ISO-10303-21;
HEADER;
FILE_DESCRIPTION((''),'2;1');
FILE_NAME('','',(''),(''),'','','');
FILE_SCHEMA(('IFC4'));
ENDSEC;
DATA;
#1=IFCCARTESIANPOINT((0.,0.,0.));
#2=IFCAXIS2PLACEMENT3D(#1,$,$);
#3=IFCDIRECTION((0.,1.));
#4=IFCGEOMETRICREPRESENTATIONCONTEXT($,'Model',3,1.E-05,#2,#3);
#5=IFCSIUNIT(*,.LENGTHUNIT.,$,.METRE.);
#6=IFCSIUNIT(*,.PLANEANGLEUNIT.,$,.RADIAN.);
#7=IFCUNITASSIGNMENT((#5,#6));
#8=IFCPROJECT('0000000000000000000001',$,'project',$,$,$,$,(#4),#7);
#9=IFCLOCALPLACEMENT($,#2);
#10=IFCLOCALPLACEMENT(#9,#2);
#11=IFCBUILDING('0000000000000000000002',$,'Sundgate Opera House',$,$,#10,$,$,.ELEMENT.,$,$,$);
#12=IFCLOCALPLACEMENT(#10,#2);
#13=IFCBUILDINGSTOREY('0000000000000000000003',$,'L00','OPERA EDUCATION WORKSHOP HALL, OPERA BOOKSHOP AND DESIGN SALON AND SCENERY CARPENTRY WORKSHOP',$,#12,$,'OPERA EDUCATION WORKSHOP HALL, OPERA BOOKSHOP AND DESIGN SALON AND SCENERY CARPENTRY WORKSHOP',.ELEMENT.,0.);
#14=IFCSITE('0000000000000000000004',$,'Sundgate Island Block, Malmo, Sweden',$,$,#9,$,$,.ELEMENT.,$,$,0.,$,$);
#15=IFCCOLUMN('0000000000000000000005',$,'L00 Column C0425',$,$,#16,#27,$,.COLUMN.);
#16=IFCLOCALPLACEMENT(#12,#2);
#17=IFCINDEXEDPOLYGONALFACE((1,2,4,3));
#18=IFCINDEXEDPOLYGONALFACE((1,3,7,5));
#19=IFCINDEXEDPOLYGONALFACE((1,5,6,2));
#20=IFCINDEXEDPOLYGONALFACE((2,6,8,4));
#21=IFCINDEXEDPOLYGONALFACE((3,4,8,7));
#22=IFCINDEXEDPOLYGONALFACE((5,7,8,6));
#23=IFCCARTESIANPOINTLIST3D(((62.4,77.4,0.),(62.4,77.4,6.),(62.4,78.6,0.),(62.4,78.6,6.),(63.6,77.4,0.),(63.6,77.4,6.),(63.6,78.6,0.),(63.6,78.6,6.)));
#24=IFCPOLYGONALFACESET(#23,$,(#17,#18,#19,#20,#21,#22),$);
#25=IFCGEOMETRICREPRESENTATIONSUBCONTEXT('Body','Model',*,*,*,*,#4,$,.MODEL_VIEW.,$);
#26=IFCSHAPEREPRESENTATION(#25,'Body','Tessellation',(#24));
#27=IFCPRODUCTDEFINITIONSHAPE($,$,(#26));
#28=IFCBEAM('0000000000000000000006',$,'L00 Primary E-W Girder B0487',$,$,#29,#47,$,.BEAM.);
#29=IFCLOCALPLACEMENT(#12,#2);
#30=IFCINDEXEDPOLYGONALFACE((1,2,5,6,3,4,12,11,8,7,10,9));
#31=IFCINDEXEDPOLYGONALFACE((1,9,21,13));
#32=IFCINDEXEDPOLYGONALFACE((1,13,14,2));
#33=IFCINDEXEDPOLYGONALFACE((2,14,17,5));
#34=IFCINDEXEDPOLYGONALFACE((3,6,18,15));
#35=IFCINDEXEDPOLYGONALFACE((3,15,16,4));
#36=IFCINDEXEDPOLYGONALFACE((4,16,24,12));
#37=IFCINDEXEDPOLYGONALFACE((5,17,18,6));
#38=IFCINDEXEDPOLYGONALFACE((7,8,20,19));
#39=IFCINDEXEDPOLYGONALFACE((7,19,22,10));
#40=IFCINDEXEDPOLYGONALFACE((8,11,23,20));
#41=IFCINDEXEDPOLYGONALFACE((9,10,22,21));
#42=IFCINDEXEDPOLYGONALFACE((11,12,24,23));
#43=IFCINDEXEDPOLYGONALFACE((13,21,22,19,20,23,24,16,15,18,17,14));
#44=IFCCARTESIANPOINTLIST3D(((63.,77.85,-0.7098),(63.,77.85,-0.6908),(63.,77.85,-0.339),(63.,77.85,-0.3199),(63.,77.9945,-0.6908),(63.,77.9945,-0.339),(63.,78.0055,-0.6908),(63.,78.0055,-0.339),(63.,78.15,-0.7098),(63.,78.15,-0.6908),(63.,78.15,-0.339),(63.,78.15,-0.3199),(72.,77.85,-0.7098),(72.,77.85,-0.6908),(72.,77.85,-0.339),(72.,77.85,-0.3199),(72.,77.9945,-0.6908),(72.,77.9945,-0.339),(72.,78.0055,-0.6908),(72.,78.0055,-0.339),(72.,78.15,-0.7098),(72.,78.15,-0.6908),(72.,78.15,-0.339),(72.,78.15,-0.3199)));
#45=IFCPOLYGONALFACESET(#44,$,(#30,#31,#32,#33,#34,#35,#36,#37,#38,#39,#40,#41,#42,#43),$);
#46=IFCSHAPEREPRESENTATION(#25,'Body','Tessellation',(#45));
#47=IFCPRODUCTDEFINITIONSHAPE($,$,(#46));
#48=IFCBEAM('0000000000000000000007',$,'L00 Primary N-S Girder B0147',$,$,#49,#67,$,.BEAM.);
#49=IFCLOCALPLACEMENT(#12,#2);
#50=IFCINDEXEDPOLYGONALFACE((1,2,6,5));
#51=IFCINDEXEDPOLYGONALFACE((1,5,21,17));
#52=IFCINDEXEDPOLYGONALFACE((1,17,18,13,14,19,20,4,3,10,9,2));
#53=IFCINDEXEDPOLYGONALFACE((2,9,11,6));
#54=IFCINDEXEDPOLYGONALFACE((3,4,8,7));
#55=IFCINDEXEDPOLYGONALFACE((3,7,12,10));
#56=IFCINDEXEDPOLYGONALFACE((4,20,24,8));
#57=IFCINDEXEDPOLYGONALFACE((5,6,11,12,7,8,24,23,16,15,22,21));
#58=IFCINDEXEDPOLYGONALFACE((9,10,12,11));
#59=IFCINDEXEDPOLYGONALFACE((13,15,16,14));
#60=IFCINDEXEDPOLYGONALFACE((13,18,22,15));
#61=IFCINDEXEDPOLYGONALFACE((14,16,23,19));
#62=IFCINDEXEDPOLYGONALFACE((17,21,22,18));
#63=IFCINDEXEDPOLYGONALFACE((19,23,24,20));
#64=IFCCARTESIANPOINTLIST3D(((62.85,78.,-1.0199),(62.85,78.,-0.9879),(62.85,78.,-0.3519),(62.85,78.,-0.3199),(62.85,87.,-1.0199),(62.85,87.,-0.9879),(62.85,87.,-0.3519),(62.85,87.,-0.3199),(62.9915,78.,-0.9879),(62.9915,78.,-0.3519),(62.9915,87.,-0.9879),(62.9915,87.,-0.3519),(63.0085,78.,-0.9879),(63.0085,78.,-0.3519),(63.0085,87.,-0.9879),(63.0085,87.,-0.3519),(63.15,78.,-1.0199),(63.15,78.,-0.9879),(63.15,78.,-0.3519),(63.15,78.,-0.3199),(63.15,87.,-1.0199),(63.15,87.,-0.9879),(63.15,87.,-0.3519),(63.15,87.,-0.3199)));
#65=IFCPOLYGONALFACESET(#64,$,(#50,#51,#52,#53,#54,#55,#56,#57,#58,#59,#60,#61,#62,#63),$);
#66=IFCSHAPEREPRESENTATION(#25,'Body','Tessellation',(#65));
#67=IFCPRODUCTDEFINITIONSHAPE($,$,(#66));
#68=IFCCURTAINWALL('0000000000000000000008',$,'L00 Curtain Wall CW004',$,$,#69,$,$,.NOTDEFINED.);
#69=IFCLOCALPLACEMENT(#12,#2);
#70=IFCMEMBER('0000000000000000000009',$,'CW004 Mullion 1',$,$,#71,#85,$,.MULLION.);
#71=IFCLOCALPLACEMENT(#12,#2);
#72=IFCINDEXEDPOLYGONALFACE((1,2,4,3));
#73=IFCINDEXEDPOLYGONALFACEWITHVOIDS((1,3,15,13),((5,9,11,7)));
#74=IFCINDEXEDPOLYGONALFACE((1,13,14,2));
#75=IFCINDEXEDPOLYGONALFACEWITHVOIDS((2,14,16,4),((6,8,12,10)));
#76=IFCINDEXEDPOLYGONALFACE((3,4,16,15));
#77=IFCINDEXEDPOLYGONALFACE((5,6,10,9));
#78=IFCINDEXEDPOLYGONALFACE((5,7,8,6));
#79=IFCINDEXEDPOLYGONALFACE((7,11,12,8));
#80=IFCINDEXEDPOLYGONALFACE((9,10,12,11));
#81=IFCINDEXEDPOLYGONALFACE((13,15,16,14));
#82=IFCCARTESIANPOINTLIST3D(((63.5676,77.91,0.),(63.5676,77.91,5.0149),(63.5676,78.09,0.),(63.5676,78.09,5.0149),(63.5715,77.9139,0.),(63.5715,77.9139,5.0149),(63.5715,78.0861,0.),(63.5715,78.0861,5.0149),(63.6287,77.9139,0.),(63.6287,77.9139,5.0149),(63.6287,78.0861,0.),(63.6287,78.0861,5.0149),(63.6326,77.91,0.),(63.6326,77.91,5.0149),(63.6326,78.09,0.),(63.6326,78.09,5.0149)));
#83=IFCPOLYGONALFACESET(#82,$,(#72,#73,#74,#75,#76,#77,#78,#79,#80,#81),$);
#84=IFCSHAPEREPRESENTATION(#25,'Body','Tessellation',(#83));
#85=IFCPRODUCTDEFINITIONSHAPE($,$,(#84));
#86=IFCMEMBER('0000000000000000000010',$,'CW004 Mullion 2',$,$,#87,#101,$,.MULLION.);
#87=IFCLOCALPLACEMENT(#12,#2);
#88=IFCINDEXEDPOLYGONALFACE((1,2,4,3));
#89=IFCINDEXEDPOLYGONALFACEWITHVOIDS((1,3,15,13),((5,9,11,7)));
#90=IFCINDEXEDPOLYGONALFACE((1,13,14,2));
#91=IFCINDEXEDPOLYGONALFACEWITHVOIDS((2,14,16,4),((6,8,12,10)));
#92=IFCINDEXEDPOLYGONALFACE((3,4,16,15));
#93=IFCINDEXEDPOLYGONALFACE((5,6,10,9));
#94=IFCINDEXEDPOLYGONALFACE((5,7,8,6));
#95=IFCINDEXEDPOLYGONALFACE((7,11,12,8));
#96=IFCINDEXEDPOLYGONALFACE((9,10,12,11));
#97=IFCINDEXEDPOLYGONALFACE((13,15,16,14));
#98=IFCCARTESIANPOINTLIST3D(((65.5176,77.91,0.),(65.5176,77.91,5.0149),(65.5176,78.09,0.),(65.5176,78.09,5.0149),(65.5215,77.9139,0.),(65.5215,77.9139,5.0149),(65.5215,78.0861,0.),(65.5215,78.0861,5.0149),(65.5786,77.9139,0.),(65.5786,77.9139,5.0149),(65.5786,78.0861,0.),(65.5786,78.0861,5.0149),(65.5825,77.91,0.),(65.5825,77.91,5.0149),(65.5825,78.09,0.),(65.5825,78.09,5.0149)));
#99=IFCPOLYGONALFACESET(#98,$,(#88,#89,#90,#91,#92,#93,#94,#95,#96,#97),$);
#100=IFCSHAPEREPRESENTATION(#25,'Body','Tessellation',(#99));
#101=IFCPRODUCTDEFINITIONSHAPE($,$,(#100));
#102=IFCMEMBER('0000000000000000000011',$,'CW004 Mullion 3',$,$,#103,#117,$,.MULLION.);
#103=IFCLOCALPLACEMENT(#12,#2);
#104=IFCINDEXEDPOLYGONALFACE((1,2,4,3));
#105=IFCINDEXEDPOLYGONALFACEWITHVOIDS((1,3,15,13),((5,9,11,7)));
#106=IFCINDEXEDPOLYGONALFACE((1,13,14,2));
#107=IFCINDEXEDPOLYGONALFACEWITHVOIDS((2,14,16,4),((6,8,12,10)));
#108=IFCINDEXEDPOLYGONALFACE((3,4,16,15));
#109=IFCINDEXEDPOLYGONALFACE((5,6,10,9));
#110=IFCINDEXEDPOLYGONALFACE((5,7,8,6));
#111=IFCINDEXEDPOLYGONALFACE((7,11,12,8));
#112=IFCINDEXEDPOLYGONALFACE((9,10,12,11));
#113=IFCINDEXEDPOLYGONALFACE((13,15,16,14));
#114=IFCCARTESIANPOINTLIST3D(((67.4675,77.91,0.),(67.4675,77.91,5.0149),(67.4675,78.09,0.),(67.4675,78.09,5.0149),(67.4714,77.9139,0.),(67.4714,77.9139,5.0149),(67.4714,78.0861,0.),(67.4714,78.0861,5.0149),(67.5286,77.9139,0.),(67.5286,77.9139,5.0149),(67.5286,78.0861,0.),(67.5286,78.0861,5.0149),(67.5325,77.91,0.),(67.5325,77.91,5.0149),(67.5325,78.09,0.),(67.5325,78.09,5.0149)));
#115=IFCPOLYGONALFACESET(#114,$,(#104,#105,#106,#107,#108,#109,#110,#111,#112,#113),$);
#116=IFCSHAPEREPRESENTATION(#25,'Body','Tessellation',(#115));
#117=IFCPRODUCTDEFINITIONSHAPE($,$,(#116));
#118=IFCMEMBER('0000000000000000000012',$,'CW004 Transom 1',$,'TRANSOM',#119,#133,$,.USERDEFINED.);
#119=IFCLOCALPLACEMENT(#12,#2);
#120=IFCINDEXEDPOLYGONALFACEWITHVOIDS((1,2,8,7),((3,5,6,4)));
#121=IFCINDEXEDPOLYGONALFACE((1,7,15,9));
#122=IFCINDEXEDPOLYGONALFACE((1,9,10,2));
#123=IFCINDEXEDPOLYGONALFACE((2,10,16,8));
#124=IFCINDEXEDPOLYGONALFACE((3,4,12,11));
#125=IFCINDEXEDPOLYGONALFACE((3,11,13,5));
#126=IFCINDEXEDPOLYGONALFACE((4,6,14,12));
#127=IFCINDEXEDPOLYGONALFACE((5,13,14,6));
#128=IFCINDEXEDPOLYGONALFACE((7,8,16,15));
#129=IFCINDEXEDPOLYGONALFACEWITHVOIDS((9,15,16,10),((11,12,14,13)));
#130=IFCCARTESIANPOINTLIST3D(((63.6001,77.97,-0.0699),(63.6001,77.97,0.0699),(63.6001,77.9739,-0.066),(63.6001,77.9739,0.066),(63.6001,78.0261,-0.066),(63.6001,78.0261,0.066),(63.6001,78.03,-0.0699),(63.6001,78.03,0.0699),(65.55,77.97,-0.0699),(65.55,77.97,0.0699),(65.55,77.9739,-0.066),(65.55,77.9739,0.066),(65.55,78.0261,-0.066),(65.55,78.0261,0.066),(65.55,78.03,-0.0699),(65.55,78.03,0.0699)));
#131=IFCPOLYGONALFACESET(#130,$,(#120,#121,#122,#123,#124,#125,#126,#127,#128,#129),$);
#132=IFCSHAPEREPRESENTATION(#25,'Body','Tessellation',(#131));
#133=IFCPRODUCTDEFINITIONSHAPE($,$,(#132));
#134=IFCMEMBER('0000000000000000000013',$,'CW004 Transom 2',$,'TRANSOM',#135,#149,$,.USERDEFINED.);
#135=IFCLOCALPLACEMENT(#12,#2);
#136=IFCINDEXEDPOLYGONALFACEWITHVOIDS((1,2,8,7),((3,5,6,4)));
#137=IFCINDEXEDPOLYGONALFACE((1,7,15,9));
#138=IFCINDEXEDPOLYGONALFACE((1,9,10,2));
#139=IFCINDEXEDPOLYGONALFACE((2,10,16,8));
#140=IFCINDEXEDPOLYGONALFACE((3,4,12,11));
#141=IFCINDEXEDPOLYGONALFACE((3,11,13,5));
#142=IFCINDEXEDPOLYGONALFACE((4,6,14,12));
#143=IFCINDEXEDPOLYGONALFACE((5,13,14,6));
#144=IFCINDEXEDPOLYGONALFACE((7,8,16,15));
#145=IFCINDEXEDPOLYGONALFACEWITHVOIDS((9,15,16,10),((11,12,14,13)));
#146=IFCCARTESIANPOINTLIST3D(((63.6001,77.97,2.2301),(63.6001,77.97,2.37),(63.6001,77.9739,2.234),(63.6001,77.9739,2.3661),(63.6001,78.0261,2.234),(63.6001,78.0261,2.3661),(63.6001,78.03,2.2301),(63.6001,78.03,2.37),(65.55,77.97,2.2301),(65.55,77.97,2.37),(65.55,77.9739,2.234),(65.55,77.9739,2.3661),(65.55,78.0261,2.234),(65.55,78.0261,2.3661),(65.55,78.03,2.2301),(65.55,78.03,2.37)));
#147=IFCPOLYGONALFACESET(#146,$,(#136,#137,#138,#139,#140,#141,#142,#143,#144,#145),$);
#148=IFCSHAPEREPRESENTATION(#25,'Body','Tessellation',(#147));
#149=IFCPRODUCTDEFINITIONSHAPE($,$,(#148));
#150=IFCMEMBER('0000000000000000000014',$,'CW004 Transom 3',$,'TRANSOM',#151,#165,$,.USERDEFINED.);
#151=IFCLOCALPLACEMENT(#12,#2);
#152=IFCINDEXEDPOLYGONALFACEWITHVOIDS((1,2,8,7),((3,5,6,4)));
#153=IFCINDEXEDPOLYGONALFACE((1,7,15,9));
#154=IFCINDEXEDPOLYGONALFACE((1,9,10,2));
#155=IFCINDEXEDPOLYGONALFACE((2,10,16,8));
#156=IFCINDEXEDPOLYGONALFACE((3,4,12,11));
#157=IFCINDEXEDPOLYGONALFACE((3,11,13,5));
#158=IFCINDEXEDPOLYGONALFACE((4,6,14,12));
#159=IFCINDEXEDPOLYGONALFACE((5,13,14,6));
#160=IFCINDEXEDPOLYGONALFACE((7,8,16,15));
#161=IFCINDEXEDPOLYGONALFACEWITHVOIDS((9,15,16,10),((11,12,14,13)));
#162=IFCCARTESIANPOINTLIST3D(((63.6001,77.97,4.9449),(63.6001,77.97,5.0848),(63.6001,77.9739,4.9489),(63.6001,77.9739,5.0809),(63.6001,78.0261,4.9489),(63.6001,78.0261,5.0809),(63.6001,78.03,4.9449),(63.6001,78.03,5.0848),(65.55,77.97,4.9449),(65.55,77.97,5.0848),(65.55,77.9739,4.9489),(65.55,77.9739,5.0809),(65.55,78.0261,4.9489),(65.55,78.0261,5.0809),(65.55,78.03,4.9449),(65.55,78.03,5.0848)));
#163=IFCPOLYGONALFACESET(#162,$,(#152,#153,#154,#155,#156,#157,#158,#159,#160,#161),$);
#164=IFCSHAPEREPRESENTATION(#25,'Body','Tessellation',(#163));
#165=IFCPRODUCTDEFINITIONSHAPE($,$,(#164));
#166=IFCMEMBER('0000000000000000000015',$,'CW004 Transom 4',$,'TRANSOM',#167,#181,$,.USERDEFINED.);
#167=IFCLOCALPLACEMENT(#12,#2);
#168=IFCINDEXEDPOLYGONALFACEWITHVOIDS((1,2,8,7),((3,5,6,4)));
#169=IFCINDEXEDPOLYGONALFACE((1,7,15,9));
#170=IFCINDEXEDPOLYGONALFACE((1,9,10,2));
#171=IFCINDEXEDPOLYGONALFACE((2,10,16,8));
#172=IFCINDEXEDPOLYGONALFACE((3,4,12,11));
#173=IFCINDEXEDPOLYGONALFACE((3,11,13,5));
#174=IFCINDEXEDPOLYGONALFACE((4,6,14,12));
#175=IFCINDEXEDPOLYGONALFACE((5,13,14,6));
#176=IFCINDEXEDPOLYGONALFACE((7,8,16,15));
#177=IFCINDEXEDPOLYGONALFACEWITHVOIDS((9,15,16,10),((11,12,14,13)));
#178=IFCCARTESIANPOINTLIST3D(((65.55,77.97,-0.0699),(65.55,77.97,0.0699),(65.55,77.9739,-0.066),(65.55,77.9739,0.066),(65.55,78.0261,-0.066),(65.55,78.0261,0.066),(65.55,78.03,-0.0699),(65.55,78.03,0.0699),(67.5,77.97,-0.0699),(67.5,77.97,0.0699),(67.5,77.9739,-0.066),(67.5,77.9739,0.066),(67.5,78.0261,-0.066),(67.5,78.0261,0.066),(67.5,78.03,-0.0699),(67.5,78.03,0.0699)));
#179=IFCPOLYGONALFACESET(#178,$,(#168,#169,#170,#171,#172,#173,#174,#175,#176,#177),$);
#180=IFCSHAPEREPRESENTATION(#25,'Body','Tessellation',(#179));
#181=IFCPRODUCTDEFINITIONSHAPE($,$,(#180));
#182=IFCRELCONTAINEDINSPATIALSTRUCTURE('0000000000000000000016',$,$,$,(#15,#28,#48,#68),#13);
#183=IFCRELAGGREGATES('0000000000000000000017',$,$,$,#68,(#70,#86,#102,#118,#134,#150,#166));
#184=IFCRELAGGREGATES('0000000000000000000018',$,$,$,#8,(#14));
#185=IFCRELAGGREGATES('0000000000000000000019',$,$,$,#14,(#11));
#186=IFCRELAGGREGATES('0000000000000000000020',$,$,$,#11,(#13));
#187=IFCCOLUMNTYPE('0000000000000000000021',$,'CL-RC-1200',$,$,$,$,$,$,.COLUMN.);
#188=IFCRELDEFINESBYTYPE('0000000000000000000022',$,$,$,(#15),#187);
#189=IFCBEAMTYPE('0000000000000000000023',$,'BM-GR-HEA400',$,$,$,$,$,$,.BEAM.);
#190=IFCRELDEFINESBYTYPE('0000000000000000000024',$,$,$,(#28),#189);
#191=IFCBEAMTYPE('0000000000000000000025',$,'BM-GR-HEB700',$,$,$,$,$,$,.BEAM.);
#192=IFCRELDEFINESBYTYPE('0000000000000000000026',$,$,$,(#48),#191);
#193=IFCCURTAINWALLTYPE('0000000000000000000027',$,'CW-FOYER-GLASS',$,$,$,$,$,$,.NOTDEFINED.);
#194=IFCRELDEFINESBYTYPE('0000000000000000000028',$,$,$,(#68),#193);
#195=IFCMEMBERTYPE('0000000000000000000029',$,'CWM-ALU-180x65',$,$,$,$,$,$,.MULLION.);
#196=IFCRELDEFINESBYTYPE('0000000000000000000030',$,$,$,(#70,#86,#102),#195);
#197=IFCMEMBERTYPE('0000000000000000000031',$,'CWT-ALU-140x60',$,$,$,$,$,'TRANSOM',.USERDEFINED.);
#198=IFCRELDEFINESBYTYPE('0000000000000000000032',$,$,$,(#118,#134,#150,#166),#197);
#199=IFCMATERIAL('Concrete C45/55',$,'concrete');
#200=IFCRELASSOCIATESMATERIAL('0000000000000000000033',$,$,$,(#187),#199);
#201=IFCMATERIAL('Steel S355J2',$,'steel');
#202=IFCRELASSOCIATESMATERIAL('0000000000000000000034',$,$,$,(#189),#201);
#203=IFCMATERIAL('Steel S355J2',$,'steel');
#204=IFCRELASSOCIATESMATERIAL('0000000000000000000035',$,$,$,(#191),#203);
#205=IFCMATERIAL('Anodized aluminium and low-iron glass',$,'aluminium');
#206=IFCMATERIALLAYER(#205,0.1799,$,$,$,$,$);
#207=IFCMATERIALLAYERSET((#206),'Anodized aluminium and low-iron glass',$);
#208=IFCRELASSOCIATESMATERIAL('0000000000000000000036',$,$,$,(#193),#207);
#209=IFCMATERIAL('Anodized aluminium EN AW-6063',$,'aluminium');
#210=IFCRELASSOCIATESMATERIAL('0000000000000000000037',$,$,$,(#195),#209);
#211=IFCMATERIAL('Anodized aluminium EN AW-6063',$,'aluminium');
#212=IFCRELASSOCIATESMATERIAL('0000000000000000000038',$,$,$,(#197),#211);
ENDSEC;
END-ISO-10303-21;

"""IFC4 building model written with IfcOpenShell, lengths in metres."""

from ifc_helpers import new_model, si_unit, direction, frame, origin, origin_2d, place, context, subcontext, project, spatial, rectangle, hollow_rectangle, i_section, extrude, material, layer, layer_set, material_profile, profile_set, type_object, element, aggregate, save


model = new_model("IFC4")

# Units and contexts
model_context = context("Model", 3, precision=1e-05, world=origin(), true_north=direction((0.0, 1.0)))
body_context = subcontext(model_context, "Body", "Model", "MODEL_VIEW")
ifc_project = project(units=[si_unit("LENGTHUNIT", "METRE"), si_unit("PLANEANGLEUNIT", "RADIAN")], contexts=[model_context])

# Site, building, storey
site_placement = place(None, origin())
site = spatial("IfcSite", under=ifc_project, at=site_placement, Name="Sundgate Island Block, Malmo, Sweden", CompositionType="ELEMENT", RefElevation=0.0)
building_placement = place(site_placement, origin())
building = spatial("IfcBuilding", under=site, at=building_placement, Name="Sundgate Opera House", CompositionType="ELEMENT")
storey_placement = place(building_placement, origin())
storey = spatial("IfcBuildingStorey", under=building, at=storey_placement, Name="L00", Description="OPERA EDUCATION WORKSHOP HALL, OPERA BOOKSHOP AND DESIGN SALON AND SCENERY CARPENTRY WORKSHOP", LongName="OPERA EDUCATION WORKSHOP HALL, OPERA BOOKSHOP AND DESIGN SALON AND SCENERY CARPENTRY WORKSHOP", CompositionType="ELEMENT", Elevation=0.0)

# Column
ifc_material_1 = material(Name="Concrete C45/55", Category="concrete")
ifc_material_profile_1 = material_profile(ifc_material_1, rectangle(XDim=1.2, YDim=1.2, at=origin_2d()), Name="RC 1200x1200")
ifc_profile_set_1 = profile_set([ifc_material_profile_1], Name="Concrete C45/55")
column_type = type_object("IfcColumnType", Name="CL-RC-1200", PredefinedType="COLUMN", material=ifc_profile_set_1)
column_placement = place(storey_placement, frame((63.0, 78.0, 0.0), z_axis=(0.0, 0.0, 1.0), x_axis=(1.0, 0.0, 0.0)))
element("IfcColumn", 1, at=column_placement, inside=storey, type_object=column_type, Name="L00 Column C0425", PredefinedType="COLUMN", context=body_context, shape_type="SweptSolid", body=[
    extrude(rectangle(XDim=1.2, YDim=1.2, at=origin_2d()), origin(), (0.0, 0.0, 1.0), 6.0),
])

# Beams
ifc_material_2 = material(Name="Steel S355J2", Category="steel")
ifc_material_profile_2 = material_profile(ifc_material_2, i_section(OverallWidth=0.3, OverallDepth=0.3899, WebThickness=0.011, FlangeThickness=0.019, at=origin_2d()), Name="HEA 400")
ifc_profile_set_2 = profile_set([ifc_material_profile_2], Name="Steel S355J2")
beam_type_1 = type_object("IfcBeamType", Name="BM-GR-HEA400", PredefinedType="BEAM", material=ifc_profile_set_2)
beam_1_placement = place(storey_placement, frame((63.0, 78.0, -0.5149), z_axis=(1.0, 0.0, 0.0), x_axis=(0.0, 1.0, 0.0)))
element("IfcBeam", 2, at=beam_1_placement, inside=storey, type_object=beam_type_1, Name="L00 Primary E-W Girder B0487", PredefinedType="BEAM", context=body_context, shape_type="SweptSolid", body=[
    extrude(i_section(OverallWidth=0.3, OverallDepth=0.3899, WebThickness=0.011, FlangeThickness=0.019, at=origin_2d()), origin(), (0.0, 0.0, 1.0), 9.0),
])
ifc_material_3 = material(Name="Steel S355J2", Category="steel")
ifc_material_profile_3 = material_profile(ifc_material_3, i_section(OverallWidth=0.3, OverallDepth=0.7, WebThickness=0.0171, FlangeThickness=0.032, at=origin_2d()), Name="HEB 700")
ifc_profile_set_3 = profile_set([ifc_material_profile_3], Name="Steel S355J2")
beam_type_2 = type_object("IfcBeamType", Name="BM-GR-HEB700", PredefinedType="BEAM", material=ifc_profile_set_3)
beam_2_placement = place(storey_placement, frame((63.0, 78.0, -0.6699), z_axis=(0.0, 1.0, 0.0), x_axis=(-1.0, 0.0, 0.0)))
element("IfcBeam", 3, at=beam_2_placement, inside=storey, type_object=beam_type_2, Name="L00 Primary N-S Girder B0147", PredefinedType="BEAM", context=body_context, shape_type="SweptSolid", body=[
    extrude(i_section(OverallWidth=0.3, OverallDepth=0.7, WebThickness=0.0171, FlangeThickness=0.032, at=origin_2d()), origin(), (0.0, 0.0, 1.0), 9.0),
])

# Curtain wall, members
ifc_material_4 = material(Name="Anodized aluminium and low-iron glass", Category="aluminium")
ifc_layer_1 = layer(ifc_material_4, 0.1799)
ifc_layer_set_1 = layer_set([ifc_layer_1], Name="Anodized aluminium and low-iron glass")
curtain_wall_type = type_object("IfcCurtainWallType", Name="CW-FOYER-GLASS", PredefinedType="NOTDEFINED", material=ifc_layer_set_1)
curtain_wall_placement = place(storey_placement, origin())
curtain_wall = element("IfcCurtainWall", 4, at=curtain_wall_placement, inside=storey, type_object=curtain_wall_type, Name="L00 Curtain Wall CW004", PredefinedType="NOTDEFINED")
ifc_material_5 = material(Name="Anodized aluminium EN AW-6063", Category="aluminium")
ifc_material_profile_4 = material_profile(ifc_material_5, hollow_rectangle(XDim=0.0649, YDim=0.1799, WallThickness=0.0039, at=origin_2d()), Name="CWM 180x65x4")
ifc_profile_set_4 = profile_set([ifc_material_profile_4], Name="Anodized aluminium EN AW-6063")
member_type_1 = type_object("IfcMemberType", Name="CWM-ALU-180x65", PredefinedType="MULLION", material=ifc_profile_set_4)
member_1_placement = place(storey_placement, frame((63.6001, 78.0, 0.0), z_axis=(0.0, 0.0, 1.0), x_axis=(1.0, 0.0, 0.0)))
member_1 = element("IfcMember", 5, at=member_1_placement, type_object=member_type_1, Name="CW004 Mullion 1", PredefinedType="MULLION", context=body_context, shape_type="SweptSolid", body=[
    extrude(hollow_rectangle(XDim=0.0649, YDim=0.1799, WallThickness=0.0039, at=origin_2d()), origin(), (0.0, 0.0, 1.0), 5.0149),
])
member_2_placement = place(storey_placement, frame((65.55, 78.0, 0.0), z_axis=(0.0, 0.0, 1.0), x_axis=(1.0, 0.0, 0.0)))
member_2 = element("IfcMember", 6, at=member_2_placement, type_object=member_type_1, Name="CW004 Mullion 2", PredefinedType="MULLION", context=body_context, shape_type="SweptSolid", body=[
    extrude(hollow_rectangle(XDim=0.0649, YDim=0.1799, WallThickness=0.0039, at=origin_2d()), origin(), (0.0, 0.0, 1.0), 5.0149),
])
member_3_placement = place(storey_placement, frame((67.5, 78.0, 0.0), z_axis=(0.0, 0.0, 1.0), x_axis=(1.0, 0.0, 0.0)))
member_3 = element("IfcMember", 7, at=member_3_placement, type_object=member_type_1, Name="CW004 Mullion 3", PredefinedType="MULLION", context=body_context, shape_type="SweptSolid", body=[
    extrude(hollow_rectangle(XDim=0.0649, YDim=0.1799, WallThickness=0.0039, at=origin_2d()), origin(), (0.0, 0.0, 1.0), 5.0149),
])
ifc_material_6 = material(Name="Anodized aluminium EN AW-6063", Category="aluminium")
ifc_material_profile_5 = material_profile(ifc_material_6, hollow_rectangle(XDim=0.0601, YDim=0.1399, WallThickness=0.0039, at=origin_2d()), Name="CWT 140x60x4")
ifc_profile_set_5 = profile_set([ifc_material_profile_5], Name="Anodized aluminium EN AW-6063")
member_type_2 = type_object("IfcMemberType", Name="CWT-ALU-140x60", ElementType="TRANSOM", PredefinedType="USERDEFINED", material=ifc_profile_set_5)
member_4_placement = place(storey_placement, frame((63.6001, 78.0, 0.0), z_axis=(1.0, 0.0, 0.0), x_axis=(0.0, 1.0, 0.0)))
member_4 = element("IfcMember", 8, at=member_4_placement, type_object=member_type_2, Name="CW004 Transom 1", ObjectType="TRANSOM", PredefinedType="USERDEFINED", context=body_context, shape_type="SweptSolid", body=[
    extrude(hollow_rectangle(XDim=0.0601, YDim=0.1399, WallThickness=0.0039, at=origin_2d()), origin(), (0.0, 0.0, 1.0), 1.95),
])
member_5_placement = place(storey_placement, frame((63.6001, 78.0, 2.3), z_axis=(1.0, 0.0, 0.0), x_axis=(0.0, 1.0, 0.0)))
member_5 = element("IfcMember", 9, at=member_5_placement, type_object=member_type_2, Name="CW004 Transom 2", ObjectType="TRANSOM", PredefinedType="USERDEFINED", context=body_context, shape_type="SweptSolid", body=[
    extrude(hollow_rectangle(XDim=0.0601, YDim=0.1399, WallThickness=0.0039, at=origin_2d()), origin(), (0.0, 0.0, 1.0), 1.95),
])
member_6_placement = place(storey_placement, frame((63.6001, 78.0, 5.0149), z_axis=(1.0, 0.0, 0.0), x_axis=(0.0, 1.0, 0.0)))
member_6 = element("IfcMember", 10, at=member_6_placement, type_object=member_type_2, Name="CW004 Transom 3", ObjectType="TRANSOM", PredefinedType="USERDEFINED", context=body_context, shape_type="SweptSolid", body=[
    extrude(hollow_rectangle(XDim=0.0601, YDim=0.1399, WallThickness=0.0039, at=origin_2d()), origin(), (0.0, 0.0, 1.0), 1.95),
])
member_7_placement = place(storey_placement, frame((65.55, 78.0, 0.0), z_axis=(1.0, 0.0, 0.0), x_axis=(0.0, 1.0, 0.0)))
member_7 = element("IfcMember", 11, at=member_7_placement, type_object=member_type_2, Name="CW004 Transom 4", ObjectType="TRANSOM", PredefinedType="USERDEFINED", context=body_context, shape_type="SweptSolid", body=[
    extrude(hollow_rectangle(XDim=0.0601, YDim=0.1399, WallThickness=0.0039, at=origin_2d()), origin(), (0.0, 0.0, 1.0), 1.95),
])
aggregate(curtain_wall, [member_1, member_2, member_3, member_4, member_5, member_6, member_7])

save(model, "model.ifc")
